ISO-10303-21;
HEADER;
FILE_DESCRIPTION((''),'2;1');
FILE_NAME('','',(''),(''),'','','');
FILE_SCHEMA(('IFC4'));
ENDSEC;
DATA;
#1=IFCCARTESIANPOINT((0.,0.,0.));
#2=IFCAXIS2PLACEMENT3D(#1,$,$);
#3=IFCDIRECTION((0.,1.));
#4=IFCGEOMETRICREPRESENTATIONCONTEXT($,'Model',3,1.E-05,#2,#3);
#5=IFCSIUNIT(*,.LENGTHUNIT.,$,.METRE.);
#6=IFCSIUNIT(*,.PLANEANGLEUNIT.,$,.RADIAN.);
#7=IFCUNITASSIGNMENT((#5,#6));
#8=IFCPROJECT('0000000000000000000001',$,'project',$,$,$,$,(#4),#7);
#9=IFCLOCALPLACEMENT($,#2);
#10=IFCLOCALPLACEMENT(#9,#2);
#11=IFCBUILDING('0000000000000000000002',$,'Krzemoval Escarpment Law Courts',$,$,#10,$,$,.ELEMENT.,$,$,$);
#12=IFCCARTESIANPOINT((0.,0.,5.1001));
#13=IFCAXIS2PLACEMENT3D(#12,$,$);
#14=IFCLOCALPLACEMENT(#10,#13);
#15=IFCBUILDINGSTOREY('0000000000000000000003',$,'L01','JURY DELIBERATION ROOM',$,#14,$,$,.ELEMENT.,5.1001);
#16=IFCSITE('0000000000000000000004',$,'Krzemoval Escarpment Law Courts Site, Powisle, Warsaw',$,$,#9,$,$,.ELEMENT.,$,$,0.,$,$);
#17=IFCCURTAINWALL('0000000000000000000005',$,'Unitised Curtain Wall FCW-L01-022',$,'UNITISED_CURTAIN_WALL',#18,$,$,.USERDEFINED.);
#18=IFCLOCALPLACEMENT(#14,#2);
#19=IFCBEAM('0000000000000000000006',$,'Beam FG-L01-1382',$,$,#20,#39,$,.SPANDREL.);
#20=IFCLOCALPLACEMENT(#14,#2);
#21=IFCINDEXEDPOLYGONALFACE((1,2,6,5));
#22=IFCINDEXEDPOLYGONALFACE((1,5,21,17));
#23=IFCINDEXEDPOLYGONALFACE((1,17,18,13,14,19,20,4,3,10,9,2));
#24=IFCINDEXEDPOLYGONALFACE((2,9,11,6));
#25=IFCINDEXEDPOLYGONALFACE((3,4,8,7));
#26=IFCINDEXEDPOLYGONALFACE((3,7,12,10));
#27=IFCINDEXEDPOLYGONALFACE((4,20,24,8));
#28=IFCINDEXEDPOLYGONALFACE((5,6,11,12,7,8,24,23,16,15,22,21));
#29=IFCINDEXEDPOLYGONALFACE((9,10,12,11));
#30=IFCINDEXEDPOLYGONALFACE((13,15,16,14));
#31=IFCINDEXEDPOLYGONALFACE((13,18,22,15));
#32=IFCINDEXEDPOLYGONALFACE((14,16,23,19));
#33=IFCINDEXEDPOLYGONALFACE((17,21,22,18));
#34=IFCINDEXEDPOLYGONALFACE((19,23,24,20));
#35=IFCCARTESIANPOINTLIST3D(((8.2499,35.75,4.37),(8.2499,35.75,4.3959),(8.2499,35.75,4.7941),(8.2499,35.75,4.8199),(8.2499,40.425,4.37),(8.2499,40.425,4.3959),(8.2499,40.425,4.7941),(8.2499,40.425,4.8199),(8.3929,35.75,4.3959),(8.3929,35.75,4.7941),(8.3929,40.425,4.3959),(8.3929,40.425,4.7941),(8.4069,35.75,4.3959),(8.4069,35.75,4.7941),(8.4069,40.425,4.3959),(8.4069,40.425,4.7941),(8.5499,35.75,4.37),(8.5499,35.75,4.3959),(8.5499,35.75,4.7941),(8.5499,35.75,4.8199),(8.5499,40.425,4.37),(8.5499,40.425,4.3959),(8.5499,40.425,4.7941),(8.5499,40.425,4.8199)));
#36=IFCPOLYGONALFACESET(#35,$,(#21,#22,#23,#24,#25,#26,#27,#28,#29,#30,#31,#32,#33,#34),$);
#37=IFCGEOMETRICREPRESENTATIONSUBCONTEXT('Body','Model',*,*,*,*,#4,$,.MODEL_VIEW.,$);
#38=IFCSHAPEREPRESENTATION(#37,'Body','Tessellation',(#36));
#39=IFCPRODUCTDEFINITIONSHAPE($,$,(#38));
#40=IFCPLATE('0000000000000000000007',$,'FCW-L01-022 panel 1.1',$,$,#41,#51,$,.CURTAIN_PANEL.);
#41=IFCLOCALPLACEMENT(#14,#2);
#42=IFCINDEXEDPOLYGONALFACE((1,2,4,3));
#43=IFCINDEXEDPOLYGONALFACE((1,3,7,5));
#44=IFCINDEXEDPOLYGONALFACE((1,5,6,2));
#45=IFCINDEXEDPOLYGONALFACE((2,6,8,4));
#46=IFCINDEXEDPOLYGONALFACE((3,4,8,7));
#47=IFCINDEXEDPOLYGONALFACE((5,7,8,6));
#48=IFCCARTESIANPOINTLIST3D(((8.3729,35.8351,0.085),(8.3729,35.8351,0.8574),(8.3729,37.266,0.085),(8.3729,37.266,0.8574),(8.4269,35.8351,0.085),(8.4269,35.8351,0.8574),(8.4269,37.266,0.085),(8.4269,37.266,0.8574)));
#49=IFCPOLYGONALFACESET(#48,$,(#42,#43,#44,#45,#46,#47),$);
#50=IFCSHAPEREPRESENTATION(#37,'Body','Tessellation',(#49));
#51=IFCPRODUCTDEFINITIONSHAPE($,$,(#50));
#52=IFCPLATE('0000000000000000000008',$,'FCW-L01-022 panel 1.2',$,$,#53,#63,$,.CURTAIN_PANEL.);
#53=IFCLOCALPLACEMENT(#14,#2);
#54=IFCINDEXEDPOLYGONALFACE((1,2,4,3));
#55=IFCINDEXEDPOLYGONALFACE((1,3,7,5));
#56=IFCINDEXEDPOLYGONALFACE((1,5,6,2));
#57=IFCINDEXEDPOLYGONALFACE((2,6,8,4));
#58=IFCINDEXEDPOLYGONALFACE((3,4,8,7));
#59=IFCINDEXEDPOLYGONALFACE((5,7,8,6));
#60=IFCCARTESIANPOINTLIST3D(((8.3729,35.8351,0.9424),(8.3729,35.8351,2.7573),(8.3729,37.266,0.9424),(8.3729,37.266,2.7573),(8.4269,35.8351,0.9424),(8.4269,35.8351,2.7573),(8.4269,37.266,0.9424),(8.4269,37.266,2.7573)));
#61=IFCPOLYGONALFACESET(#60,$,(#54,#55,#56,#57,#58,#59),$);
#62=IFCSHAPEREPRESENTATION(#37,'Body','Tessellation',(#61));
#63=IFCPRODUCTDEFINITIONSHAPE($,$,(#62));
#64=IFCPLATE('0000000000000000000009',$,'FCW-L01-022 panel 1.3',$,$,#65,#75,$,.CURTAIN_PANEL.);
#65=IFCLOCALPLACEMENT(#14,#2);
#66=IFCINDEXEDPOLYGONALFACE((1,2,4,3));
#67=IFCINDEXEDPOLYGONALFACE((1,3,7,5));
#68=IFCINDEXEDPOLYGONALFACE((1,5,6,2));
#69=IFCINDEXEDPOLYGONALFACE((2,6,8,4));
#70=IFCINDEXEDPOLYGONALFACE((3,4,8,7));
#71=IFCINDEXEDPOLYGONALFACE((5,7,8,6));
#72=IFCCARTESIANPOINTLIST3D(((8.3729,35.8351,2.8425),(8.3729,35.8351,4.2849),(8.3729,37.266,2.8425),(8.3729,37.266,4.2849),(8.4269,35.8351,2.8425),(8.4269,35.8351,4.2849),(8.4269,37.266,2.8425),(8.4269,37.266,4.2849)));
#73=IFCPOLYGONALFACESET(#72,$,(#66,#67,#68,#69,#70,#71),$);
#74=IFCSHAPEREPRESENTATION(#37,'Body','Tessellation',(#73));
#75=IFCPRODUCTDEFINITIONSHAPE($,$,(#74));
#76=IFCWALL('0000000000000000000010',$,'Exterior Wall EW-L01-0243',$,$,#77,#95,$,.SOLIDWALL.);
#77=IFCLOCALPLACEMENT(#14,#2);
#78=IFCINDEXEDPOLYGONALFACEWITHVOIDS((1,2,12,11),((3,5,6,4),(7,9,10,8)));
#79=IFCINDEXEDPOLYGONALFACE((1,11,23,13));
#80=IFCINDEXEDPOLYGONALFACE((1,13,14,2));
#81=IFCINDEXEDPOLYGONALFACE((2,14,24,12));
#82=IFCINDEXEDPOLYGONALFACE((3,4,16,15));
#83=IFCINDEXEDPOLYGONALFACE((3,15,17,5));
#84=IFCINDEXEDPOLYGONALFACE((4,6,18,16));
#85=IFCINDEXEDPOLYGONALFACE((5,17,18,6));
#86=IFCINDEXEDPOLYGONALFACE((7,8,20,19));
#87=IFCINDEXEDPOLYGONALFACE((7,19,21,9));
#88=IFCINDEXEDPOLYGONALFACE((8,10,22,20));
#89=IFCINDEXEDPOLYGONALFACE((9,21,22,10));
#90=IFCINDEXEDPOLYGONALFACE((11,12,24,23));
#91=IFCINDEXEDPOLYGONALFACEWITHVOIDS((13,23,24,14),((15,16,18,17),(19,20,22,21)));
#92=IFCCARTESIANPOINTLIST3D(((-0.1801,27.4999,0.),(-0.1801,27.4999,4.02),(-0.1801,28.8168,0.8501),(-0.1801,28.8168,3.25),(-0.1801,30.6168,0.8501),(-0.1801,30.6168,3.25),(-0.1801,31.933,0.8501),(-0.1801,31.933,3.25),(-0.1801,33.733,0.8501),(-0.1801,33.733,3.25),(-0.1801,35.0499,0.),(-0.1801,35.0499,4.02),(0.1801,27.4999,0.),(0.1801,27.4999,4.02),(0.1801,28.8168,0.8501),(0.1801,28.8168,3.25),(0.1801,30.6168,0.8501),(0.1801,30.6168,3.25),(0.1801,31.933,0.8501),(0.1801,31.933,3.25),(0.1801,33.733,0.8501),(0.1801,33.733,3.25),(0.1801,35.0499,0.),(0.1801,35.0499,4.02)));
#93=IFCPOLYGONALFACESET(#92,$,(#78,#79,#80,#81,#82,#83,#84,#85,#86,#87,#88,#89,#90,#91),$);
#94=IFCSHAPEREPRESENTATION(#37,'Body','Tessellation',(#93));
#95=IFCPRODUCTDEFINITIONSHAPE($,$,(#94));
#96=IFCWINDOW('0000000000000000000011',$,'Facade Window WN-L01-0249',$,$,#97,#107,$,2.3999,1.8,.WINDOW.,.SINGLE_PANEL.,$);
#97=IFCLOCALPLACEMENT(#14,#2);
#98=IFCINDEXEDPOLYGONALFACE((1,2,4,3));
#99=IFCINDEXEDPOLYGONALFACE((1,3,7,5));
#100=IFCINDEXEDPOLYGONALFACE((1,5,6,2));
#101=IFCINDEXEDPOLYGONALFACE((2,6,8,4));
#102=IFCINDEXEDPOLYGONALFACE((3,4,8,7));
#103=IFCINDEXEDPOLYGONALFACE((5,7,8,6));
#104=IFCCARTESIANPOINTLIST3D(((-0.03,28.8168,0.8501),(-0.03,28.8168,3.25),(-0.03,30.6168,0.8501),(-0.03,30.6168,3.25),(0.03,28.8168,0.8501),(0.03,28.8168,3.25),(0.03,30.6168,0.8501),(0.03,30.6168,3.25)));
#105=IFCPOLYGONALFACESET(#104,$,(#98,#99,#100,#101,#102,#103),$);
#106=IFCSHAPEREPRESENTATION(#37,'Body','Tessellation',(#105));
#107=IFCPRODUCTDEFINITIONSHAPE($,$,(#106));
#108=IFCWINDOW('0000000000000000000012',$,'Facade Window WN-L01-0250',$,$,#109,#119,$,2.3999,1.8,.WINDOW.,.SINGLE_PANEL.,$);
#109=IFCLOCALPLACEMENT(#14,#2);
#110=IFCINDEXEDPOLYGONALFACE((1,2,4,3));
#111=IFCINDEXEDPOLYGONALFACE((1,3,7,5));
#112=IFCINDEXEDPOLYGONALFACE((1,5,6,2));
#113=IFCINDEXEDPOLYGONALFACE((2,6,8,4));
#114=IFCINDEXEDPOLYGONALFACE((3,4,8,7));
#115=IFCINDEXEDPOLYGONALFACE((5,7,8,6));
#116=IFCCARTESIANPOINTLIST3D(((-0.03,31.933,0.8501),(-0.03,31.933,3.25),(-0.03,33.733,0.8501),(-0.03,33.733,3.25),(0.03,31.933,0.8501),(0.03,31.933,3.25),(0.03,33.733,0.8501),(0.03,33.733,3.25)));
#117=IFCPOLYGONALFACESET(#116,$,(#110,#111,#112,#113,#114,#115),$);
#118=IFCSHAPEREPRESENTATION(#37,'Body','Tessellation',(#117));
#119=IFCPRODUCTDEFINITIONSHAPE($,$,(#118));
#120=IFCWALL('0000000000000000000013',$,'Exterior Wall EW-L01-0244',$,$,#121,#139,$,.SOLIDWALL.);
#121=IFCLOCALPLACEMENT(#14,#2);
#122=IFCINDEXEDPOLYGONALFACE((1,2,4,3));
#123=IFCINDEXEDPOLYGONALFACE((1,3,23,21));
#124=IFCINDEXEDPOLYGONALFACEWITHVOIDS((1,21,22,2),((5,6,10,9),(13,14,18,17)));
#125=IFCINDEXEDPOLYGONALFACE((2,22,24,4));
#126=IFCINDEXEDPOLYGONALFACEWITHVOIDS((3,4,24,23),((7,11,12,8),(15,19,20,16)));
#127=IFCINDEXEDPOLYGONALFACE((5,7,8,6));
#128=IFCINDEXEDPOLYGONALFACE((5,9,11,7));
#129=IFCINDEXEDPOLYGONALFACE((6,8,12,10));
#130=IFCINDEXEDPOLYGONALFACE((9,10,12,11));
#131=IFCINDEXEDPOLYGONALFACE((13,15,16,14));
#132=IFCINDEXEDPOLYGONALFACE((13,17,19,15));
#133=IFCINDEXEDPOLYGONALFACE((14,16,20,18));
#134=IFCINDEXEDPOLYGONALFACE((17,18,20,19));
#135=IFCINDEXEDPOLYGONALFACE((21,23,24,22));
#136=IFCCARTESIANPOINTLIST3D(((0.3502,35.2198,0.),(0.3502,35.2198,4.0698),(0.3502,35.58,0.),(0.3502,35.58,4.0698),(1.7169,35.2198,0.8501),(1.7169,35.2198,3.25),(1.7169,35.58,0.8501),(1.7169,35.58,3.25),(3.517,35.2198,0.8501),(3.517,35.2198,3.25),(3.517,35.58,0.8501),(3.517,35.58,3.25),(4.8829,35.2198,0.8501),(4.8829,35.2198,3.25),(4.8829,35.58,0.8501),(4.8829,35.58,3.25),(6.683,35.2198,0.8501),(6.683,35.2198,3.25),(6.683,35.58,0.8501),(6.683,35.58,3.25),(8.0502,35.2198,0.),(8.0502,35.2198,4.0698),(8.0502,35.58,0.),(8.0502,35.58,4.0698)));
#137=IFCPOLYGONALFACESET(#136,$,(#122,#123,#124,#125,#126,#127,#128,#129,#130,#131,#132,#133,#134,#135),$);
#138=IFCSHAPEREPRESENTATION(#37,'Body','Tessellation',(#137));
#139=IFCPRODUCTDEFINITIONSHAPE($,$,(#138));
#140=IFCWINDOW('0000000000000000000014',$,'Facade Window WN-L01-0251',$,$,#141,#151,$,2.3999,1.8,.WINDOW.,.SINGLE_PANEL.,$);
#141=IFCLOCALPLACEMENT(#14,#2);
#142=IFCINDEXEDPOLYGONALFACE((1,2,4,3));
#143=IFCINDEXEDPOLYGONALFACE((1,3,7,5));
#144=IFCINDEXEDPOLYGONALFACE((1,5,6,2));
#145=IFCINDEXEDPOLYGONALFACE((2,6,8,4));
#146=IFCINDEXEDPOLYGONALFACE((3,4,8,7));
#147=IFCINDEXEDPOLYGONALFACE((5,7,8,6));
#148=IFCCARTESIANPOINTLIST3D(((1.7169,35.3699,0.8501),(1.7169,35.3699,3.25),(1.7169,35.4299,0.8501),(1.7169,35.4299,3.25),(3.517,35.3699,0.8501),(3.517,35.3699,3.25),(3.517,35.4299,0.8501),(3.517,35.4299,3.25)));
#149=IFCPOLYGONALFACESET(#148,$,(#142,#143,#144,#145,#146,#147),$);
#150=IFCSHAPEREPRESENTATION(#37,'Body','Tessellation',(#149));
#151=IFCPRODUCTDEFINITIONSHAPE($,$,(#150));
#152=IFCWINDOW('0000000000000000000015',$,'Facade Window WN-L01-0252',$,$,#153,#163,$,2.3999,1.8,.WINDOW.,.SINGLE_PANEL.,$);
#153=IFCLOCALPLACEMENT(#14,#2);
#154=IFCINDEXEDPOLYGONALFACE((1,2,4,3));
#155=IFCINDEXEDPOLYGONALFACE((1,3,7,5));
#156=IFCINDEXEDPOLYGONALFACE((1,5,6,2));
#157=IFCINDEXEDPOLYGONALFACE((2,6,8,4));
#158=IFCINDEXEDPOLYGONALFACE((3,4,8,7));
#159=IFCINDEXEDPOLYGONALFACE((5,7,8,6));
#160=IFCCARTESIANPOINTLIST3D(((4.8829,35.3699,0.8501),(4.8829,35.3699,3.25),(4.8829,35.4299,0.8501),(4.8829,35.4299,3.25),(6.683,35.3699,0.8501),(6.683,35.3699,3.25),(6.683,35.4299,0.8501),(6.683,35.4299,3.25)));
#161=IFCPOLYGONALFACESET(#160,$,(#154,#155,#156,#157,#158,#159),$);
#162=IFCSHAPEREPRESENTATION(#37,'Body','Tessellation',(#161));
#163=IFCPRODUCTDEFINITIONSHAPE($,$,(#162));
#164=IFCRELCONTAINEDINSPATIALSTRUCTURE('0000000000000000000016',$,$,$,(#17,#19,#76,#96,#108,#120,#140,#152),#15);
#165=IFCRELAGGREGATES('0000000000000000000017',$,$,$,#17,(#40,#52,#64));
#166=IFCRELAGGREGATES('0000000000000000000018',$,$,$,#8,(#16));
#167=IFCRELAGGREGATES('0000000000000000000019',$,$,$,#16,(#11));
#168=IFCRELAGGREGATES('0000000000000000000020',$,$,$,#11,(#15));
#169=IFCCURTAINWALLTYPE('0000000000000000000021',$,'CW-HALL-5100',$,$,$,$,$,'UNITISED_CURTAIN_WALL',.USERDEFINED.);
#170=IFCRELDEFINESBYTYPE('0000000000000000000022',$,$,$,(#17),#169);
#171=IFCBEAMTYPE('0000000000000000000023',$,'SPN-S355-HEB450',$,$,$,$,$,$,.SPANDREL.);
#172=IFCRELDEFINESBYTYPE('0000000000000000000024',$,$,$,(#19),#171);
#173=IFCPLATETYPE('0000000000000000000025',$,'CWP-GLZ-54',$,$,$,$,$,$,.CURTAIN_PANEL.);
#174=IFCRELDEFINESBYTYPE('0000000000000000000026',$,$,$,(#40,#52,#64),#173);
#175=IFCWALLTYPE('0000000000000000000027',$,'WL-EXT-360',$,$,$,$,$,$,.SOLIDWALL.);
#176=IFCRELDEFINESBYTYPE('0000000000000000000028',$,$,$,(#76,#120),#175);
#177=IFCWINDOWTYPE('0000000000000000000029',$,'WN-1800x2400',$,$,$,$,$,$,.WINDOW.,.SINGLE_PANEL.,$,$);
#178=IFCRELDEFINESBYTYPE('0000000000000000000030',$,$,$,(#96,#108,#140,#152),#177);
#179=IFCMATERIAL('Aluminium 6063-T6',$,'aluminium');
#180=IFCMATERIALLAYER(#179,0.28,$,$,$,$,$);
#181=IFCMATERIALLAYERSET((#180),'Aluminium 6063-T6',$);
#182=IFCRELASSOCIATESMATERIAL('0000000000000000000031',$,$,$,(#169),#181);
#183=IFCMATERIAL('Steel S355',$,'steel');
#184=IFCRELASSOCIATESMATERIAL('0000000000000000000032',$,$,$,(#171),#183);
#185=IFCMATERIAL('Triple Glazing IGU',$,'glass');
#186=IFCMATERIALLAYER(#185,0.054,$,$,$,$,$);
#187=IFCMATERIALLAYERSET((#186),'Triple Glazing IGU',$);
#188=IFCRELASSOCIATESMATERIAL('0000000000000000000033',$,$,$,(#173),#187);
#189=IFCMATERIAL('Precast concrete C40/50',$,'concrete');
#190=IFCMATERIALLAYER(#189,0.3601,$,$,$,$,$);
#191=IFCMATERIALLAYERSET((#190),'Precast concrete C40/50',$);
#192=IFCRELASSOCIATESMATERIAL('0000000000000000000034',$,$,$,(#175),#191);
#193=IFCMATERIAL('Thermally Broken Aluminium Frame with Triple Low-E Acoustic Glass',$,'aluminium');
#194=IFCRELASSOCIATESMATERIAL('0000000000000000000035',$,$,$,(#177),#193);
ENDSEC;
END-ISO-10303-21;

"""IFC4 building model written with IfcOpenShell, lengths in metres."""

from ifc_helpers import new_model, si_unit, direction, frame, frame_2d, origin, origin_2d, place, context, subcontext, project, spatial, rectangle, i_section, extrude, material, layer, layer_set, material_profile, profile_set, type_object, element, fill, aggregate, save


model = new_model("IFC4")

# Units and contexts
model_context = context("Model", 3, precision=1e-05, world=origin(), true_north=direction((0.0, 1.0)))
body_context = subcontext(model_context, "Body", "Model", "MODEL_VIEW")
ifc_project = project(units=[si_unit("LENGTHUNIT", "METRE"), si_unit("PLANEANGLEUNIT", "RADIAN")], contexts=[model_context])

# Site, building, storey
site_placement = place(None, origin())
site = spatial("IfcSite", under=ifc_project, at=site_placement, Name="Krzemoval Escarpment Law Courts Site, Powisle, Warsaw", CompositionType="ELEMENT", RefElevation=0.0)
building_placement = place(site_placement, origin())
building = spatial("IfcBuilding", under=site, at=building_placement, Name="Krzemoval Escarpment Law Courts", CompositionType="ELEMENT")
storey_placement = place(building_placement, frame((0.0, 0.0, 5.1001)))
storey = spatial("IfcBuildingStorey", under=building, at=storey_placement, Name="L01", Description="JURY DELIBERATION ROOM", CompositionType="ELEMENT", Elevation=5.1001)

# Curtain wall
ifc_material_1 = material(Name="Aluminium 6063-T6", Category="aluminium")
ifc_layer_1 = layer(ifc_material_1, 0.28)
ifc_layer_set_1 = layer_set([ifc_layer_1], Name="Aluminium 6063-T6")
curtain_wall_type = type_object("IfcCurtainWallType", Name="CW-HALL-5100", ElementType="UNITISED_CURTAIN_WALL", PredefinedType="USERDEFINED", material=ifc_layer_set_1)
curtain_wall_placement = place(storey_placement, origin())
curtain_wall = element("IfcCurtainWall", 1, at=curtain_wall_placement, inside=storey, type_object=curtain_wall_type, Name="Unitised Curtain Wall FCW-L01-022", ObjectType="UNITISED_CURTAIN_WALL", PredefinedType="USERDEFINED")

# Beam
ifc_material_2 = material(Name="Steel S355", Category="steel")
ifc_material_profile_1 = material_profile(ifc_material_2, i_section(OverallWidth=0.3, OverallDepth=0.45, WebThickness=0.0139, FlangeThickness=0.0259, at=origin_2d()), Name="HEB 450")
ifc_profile_set_1 = profile_set([ifc_material_profile_1], Name="Steel S355")
beam_type_1 = type_object("IfcBeamType", Name="SPN-S355-HEB450", PredefinedType="SPANDREL", material=ifc_profile_set_1)
beam_1_placement = place(storey_placement, frame((8.3999, 35.75, 4.595), z_axis=(0.0, 1.0, 0.0), x_axis=(-1.0, 0.0, 0.0)))
element("IfcBeam", 2, at=beam_1_placement, inside=storey, type_object=beam_type_1, Name="Beam FG-L01-1382", PredefinedType="SPANDREL", context=body_context, shape_type="SweptSolid", body=[
    extrude(i_section(OverallWidth=0.3, OverallDepth=0.45, WebThickness=0.0139, FlangeThickness=0.0259, at=origin_2d()), origin(), (0.0, 0.0, 1.0), 4.675),
])

# Plates
ifc_material_3 = material(Name="Triple Glazing IGU", Category="glass")
ifc_layer_2 = layer(ifc_material_3, 0.054)
ifc_layer_set_2 = layer_set([ifc_layer_2], Name="Triple Glazing IGU")
plate_type = type_object("IfcPlateType", Name="CWP-GLZ-54", PredefinedType="CURTAIN_PANEL", material=ifc_layer_set_2)
plate_1_placement = place(storey_placement, frame((8.3999, 36.5505, 0.085), z_axis=(0.0, 0.0, 1.0), x_axis=(0.0, 1.0, 0.0)))
plate_1 = element("IfcPlate", 3, at=plate_1_placement, type_object=plate_type, Name="FCW-L01-022 panel 1.1", PredefinedType="CURTAIN_PANEL", context=body_context, shape_type="SweptSolid", body=[
    extrude(rectangle(XDim=1.4309, YDim=0.054, at=origin_2d()), origin(), (0.0, 0.0, 1.0), 0.7725),
])
plate_2_placement = place(storey_placement, frame((8.3999, 36.5505, 0.9424), z_axis=(0.0, 0.0, 1.0), x_axis=(0.0, 1.0, 0.0)))
plate_2 = element("IfcPlate", 4, at=plate_2_placement, type_object=plate_type, Name="FCW-L01-022 panel 1.2", PredefinedType="CURTAIN_PANEL", context=body_context, shape_type="SweptSolid", body=[
    extrude(rectangle(XDim=1.4309, YDim=0.054, at=origin_2d()), origin(), (0.0, 0.0, 1.0), 1.8149),
])
plate_3_placement = place(storey_placement, frame((8.3999, 36.5505, 2.8425), z_axis=(0.0, 0.0, 1.0), x_axis=(0.0, 1.0, 0.0)))
plate_3 = element("IfcPlate", 5, at=plate_3_placement, type_object=plate_type, Name="FCW-L01-022 panel 1.3", PredefinedType="CURTAIN_PANEL", context=body_context, shape_type="SweptSolid", body=[
    extrude(rectangle(XDim=1.4309, YDim=0.054, at=origin_2d()), origin(), (0.0, 0.0, 1.0), 1.4424),
])
aggregate(curtain_wall, [plate_1, plate_2, plate_3])

# Walls, openings, windows
ifc_material_4 = material(Name="Precast concrete C40/50", Category="concrete")
ifc_layer_3 = layer(ifc_material_4, 0.3601)
ifc_layer_set_3 = layer_set([ifc_layer_3], Name="Precast concrete C40/50")
wall_type = type_object("IfcWallType", Name="WL-EXT-360", PredefinedType="SOLIDWALL", material=ifc_layer_set_3)
wall_1_placement = place(storey_placement, frame((0.0, 27.5, 0.0), z_axis=(0.0, 0.0, 1.0), x_axis=(0.0, 1.0, 0.0)))
wall_1 = element("IfcWall", 6, at=wall_1_placement, inside=storey, type_object=wall_type, Name="Exterior Wall EW-L01-0243", PredefinedType="SOLIDWALL", context=body_context, shape_type="SweptSolid", body=[
    extrude(rectangle(XDim=7.55, YDim=0.3601, at=frame_2d((3.7749, 0.0))), origin(), (0.0, 0.0, 1.0), 4.02),
])
opening_1_placement = place(wall_1_placement, frame((1.3169, 0.0, 0.8501)))
opening_1 = element("IfcOpeningElement", 7, at=opening_1_placement, cuts=wall_1, PredefinedType="OPENING", context=body_context, shape_type="SweptSolid", body=[
    extrude(rectangle(XDim=1.8, YDim=2.3999, at=frame_2d((0.8999, 1.2))), frame((0.0, 0.1951, 0.0), z_axis=(0.0, -1.0, 0.0), x_axis=(1.0, 0.0, 0.0)), (0.0, 0.0, 1.0), 0.3901),
])
opening_2_placement = place(wall_1_placement, frame((4.4331, 0.0, 0.8501)))
opening_2 = element("IfcOpeningElement", 8, at=opening_2_placement, cuts=wall_1, PredefinedType="OPENING", context=body_context, shape_type="SweptSolid", body=[
    extrude(rectangle(XDim=1.8, YDim=2.3999, at=frame_2d((0.8999, 1.2))), frame((0.0, 0.1951, 0.0), z_axis=(0.0, -1.0, 0.0), x_axis=(1.0, 0.0, 0.0)), (0.0, 0.0, 1.0), 0.3901),
])
ifc_material_5 = material(Name="Thermally Broken Aluminium Frame with Triple Low-E Acoustic Glass", Category="aluminium")
window_type = type_object("IfcWindowType", Name="WN-1800x2400", PartitioningType="SINGLE_PANEL", PredefinedType="WINDOW", material=ifc_material_5)
window_1_placement = place(opening_1_placement, origin())
window_1 = element("IfcWindow", 9, at=window_1_placement, inside=storey, type_object=window_type, Name="Facade Window WN-L01-0249", OverallHeight=2.3999, OverallWidth=1.8, PartitioningType="SINGLE_PANEL", PredefinedType="WINDOW", context=body_context, shape_type="SweptSolid", body=[
    extrude(rectangle(XDim=1.8, YDim=2.3999, at=frame_2d((0.8999, 1.2))), frame((0.0, 0.03, 0.0), z_axis=(0.0, -1.0, 0.0), x_axis=(1.0, 0.0, 0.0)), (0.0, 0.0, 1.0), 0.0601),
])
fill(opening_1, window_1)
window_2_placement = place(opening_2_placement, origin())
window_2 = element("IfcWindow", 10, at=window_2_placement, inside=storey, type_object=window_type, Name="Facade Window WN-L01-0250", OverallHeight=2.3999, OverallWidth=1.8, PartitioningType="SINGLE_PANEL", PredefinedType="WINDOW", context=body_context, shape_type="SweptSolid", body=[
    extrude(rectangle(XDim=1.8, YDim=2.3999, at=frame_2d((0.8999, 1.2))), frame((0.0, 0.03, 0.0), z_axis=(0.0, -1.0, 0.0), x_axis=(1.0, 0.0, 0.0)), (0.0, 0.0, 1.0), 0.0601),
])
fill(opening_2, window_2)
wall_2_placement = place(storey_placement, frame((0.3501, 35.3999, 0.0), z_axis=(0.0, 0.0, 1.0), x_axis=(1.0, 0.0, 0.0)))
wall_2 = element("IfcWall", 11, at=wall_2_placement, inside=storey, type_object=wall_type, Name="Exterior Wall EW-L01-0244", PredefinedType="SOLIDWALL", context=body_context, shape_type="SweptSolid", body=[
    extrude(rectangle(XDim=7.7, YDim=0.3601, at=frame_2d((3.8501, 0.0))), origin(), (0.0, 0.0, 1.0), 4.0698),
])
opening_3_placement = place(wall_2_placement, frame((1.3669, 0.0, 0.8501)))
opening_3 = element("IfcOpeningElement", 12, at=opening_3_placement, cuts=wall_2, PredefinedType="OPENING", context=body_context, shape_type="SweptSolid", body=[
    extrude(rectangle(XDim=1.8, YDim=2.3999, at=frame_2d((0.8999, 1.2))), frame((0.0, 0.1951, 0.0), z_axis=(0.0, -1.0, 0.0), x_axis=(1.0, 0.0, 0.0)), (0.0, 0.0, 1.0), 0.3901),
])
opening_4_placement = place(wall_2_placement, frame((4.533, 0.0, 0.8501)))
opening_4 = element("IfcOpeningElement", 13, at=opening_4_placement, cuts=wall_2, PredefinedType="OPENING", context=body_context, shape_type="SweptSolid", body=[
    extrude(rectangle(XDim=1.8, YDim=2.3999, at=frame_2d((0.8999, 1.2))), frame((0.0, 0.1951, 0.0), z_axis=(0.0, -1.0, 0.0), x_axis=(1.0, 0.0, 0.0)), (0.0, 0.0, 1.0), 0.3901),
])
window_3_placement = place(opening_3_placement, origin())
window_3 = element("IfcWindow", 14, at=window_3_placement, inside=storey, type_object=window_type, Name="Facade Window WN-L01-0251", OverallHeight=2.3999, OverallWidth=1.8, PartitioningType="SINGLE_PANEL", PredefinedType="WINDOW", context=body_context, shape_type="SweptSolid", body=[
    extrude(rectangle(XDim=1.8, YDim=2.3999, at=frame_2d((0.8999, 1.2))), frame((0.0, 0.03, 0.0), z_axis=(0.0, -1.0, 0.0), x_axis=(1.0, 0.0, 0.0)), (0.0, 0.0, 1.0), 0.0601),
])
fill(opening_3, window_3)
window_4_placement = place(opening_4_placement, origin())
window_4 = element("IfcWindow", 15, at=window_4_placement, inside=storey, type_object=window_type, Name="Facade Window WN-L01-0252", OverallHeight=2.3999, OverallWidth=1.8, PartitioningType="SINGLE_PANEL", PredefinedType="WINDOW", context=body_context, shape_type="SweptSolid", body=[
    extrude(rectangle(XDim=1.8, YDim=2.3999, at=frame_2d((0.8999, 1.2))), frame((0.0, 0.03, 0.0), z_axis=(0.0, -1.0, 0.0), x_axis=(1.0, 0.0, 0.0)), (0.0, 0.0, 1.0), 0.0601),
])
fill(opening_4, window_4)

save(model, "model.ifc")
